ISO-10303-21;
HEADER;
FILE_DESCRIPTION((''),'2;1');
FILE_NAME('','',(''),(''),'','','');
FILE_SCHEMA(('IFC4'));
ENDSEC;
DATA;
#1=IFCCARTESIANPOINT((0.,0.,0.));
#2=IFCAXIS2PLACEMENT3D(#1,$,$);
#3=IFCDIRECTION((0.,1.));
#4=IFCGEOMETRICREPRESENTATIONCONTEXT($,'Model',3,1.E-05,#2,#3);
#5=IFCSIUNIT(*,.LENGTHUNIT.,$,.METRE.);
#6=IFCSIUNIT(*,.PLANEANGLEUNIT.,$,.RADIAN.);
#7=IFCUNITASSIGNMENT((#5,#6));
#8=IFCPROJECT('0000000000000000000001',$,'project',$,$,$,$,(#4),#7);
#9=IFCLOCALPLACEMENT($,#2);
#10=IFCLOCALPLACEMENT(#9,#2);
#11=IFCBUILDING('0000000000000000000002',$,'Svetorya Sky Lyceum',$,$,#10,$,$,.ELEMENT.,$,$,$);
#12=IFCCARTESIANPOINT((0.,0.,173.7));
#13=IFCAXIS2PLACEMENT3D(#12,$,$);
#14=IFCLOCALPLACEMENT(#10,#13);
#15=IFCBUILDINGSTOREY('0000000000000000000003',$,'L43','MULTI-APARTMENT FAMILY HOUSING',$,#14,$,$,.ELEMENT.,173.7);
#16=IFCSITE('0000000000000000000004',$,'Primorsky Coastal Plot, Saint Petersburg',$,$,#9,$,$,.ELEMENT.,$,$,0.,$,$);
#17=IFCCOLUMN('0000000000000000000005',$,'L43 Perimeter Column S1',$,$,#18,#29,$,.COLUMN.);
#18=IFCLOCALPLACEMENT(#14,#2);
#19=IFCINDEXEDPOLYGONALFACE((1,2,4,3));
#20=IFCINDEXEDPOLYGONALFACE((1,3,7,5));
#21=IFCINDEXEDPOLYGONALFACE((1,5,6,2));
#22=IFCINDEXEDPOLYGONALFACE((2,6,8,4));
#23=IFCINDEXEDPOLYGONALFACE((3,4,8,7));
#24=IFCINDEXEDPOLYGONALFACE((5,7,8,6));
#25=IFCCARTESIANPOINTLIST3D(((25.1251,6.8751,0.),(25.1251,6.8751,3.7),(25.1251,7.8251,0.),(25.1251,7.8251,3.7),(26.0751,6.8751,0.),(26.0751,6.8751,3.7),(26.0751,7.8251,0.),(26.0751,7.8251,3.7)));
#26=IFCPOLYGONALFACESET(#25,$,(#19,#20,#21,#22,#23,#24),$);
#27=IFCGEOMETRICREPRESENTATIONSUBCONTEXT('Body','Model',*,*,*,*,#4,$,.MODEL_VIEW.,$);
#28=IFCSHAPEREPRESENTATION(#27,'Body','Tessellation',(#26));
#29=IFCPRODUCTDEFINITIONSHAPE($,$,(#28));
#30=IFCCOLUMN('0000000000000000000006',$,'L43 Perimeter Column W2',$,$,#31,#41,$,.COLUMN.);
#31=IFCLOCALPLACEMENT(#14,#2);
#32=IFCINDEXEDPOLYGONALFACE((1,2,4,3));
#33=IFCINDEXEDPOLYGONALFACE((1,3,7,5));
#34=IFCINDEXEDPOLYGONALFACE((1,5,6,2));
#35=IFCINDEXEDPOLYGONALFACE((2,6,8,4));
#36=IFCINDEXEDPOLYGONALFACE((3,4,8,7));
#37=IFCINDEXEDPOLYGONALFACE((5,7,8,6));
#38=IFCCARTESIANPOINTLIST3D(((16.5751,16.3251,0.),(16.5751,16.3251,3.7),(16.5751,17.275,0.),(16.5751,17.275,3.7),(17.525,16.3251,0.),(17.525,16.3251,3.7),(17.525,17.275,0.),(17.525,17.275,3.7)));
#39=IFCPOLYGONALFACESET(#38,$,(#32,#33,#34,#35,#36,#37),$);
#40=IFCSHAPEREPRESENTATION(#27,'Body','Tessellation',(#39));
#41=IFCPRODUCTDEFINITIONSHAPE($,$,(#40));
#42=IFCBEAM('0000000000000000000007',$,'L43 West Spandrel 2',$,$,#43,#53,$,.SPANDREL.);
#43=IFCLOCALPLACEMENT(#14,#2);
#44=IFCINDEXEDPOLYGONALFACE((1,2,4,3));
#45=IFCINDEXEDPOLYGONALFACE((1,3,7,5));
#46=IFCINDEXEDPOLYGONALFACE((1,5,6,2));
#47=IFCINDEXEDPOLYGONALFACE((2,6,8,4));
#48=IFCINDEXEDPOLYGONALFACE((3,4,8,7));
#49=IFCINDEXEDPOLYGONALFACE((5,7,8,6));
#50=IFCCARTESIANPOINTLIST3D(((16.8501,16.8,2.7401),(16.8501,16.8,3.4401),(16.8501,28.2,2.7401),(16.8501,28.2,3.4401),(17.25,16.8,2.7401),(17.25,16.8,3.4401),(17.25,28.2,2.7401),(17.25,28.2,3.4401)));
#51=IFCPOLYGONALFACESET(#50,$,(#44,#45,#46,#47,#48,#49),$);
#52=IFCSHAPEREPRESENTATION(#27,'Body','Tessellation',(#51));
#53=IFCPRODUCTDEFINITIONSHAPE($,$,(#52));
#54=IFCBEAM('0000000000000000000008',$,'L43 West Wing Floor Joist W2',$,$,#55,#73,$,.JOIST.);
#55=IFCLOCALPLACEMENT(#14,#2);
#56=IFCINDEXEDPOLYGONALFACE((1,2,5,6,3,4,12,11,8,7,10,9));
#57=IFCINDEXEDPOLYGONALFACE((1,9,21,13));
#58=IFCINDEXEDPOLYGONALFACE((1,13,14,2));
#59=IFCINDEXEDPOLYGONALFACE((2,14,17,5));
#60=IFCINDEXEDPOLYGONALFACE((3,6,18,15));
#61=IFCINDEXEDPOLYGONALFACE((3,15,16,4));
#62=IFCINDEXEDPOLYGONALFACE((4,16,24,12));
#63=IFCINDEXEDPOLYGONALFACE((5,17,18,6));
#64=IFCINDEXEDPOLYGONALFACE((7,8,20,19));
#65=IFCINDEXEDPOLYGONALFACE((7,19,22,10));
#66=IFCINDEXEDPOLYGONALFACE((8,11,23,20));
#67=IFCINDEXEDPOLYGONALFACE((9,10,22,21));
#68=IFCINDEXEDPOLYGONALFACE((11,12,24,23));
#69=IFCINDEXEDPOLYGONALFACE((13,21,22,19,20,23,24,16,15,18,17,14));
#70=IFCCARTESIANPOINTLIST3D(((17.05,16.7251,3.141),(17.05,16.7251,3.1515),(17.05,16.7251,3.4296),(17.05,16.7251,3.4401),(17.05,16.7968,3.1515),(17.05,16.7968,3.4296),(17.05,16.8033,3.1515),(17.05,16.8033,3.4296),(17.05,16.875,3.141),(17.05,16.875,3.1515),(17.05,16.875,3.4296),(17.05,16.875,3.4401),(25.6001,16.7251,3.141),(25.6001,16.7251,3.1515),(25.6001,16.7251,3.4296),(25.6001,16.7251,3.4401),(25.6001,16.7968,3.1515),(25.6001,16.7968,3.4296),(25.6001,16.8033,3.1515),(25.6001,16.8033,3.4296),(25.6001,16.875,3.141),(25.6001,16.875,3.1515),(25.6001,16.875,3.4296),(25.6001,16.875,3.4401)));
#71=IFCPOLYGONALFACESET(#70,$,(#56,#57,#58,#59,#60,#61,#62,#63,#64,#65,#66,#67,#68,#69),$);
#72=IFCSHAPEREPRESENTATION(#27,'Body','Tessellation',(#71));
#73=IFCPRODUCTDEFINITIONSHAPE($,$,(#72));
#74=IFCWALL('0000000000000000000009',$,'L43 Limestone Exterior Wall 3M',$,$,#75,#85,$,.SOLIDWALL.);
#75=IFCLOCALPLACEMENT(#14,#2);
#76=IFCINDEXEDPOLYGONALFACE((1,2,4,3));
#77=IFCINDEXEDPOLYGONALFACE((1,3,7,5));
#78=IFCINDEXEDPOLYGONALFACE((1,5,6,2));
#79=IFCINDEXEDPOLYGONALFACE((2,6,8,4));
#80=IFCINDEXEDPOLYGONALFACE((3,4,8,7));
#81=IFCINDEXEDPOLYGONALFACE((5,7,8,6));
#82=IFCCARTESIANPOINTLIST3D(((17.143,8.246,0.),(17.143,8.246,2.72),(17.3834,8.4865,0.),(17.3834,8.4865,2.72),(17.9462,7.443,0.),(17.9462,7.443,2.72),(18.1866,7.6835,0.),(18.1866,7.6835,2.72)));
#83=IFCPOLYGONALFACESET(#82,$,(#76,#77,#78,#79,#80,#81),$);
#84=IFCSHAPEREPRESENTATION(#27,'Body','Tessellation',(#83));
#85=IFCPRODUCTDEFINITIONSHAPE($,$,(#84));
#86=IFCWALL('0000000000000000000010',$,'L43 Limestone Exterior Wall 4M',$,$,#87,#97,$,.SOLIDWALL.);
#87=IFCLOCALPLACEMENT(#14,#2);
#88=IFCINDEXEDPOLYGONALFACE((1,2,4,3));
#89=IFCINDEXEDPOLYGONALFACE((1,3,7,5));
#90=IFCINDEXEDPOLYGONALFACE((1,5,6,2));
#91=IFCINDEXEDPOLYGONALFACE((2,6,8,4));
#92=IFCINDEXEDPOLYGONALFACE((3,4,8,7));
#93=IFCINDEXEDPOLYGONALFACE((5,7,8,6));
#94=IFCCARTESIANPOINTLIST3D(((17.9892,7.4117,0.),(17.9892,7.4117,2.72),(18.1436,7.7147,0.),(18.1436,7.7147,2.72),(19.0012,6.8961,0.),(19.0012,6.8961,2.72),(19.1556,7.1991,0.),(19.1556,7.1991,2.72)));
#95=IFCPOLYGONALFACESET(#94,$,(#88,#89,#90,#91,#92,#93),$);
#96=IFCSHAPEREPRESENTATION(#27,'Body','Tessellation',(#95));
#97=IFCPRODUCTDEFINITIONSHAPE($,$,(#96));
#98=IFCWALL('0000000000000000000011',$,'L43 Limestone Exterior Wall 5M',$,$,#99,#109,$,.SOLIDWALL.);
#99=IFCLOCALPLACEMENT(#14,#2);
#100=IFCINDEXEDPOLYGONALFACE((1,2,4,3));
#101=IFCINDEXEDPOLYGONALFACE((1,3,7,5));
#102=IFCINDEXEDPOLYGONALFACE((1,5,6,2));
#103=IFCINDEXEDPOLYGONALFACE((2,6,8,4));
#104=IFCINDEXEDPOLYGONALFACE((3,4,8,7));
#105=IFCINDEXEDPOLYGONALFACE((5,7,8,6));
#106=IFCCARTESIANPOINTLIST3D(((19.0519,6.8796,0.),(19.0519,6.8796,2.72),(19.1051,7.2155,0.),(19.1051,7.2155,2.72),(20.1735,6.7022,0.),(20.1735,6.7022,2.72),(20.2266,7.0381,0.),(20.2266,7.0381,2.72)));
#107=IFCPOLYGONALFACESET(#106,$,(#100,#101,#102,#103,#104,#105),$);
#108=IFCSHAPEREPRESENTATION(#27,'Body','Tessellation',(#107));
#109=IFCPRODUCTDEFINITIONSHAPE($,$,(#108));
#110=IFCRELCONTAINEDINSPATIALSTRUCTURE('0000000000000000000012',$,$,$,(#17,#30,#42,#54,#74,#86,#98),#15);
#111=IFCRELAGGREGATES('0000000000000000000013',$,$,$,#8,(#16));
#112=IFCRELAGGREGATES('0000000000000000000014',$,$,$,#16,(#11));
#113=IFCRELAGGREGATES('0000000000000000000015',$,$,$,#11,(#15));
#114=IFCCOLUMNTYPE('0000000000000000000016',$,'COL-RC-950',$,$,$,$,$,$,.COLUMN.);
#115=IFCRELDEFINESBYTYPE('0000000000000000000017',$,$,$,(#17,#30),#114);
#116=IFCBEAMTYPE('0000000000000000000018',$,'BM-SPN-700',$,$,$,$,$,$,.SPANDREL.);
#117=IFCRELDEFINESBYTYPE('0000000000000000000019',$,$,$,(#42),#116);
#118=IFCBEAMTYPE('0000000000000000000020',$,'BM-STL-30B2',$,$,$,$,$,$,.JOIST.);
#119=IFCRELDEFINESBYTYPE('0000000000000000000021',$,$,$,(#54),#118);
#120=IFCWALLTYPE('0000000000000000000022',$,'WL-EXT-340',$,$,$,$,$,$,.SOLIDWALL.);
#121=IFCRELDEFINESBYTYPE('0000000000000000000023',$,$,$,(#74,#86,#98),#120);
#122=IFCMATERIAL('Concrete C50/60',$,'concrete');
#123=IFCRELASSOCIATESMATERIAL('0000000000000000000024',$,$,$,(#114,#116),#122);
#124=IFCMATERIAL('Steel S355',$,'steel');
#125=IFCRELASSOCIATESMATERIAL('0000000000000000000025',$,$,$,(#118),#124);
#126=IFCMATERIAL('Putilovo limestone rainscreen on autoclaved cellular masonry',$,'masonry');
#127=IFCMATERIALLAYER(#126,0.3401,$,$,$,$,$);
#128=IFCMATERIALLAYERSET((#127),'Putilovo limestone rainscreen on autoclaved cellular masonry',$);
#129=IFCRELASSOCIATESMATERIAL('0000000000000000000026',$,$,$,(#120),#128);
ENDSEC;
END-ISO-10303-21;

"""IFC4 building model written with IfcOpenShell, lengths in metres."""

from ifc_helpers import new_model, si_unit, direction, frame, frame_2d, origin, origin_2d, place, context, subcontext, project, spatial, rectangle, i_section, extrude, material, layer, layer_set, material_profile, profile_set, type_object, element, save


model = new_model("IFC4")

# Units and contexts
model_context = context("Model", 3, precision=1e-05, world=origin(), true_north=direction((0.0, 1.0)))
body_context = subcontext(model_context, "Body", "Model", "MODEL_VIEW")
ifc_project = project(units=[si_unit("LENGTHUNIT", "METRE"), si_unit("PLANEANGLEUNIT", "RADIAN")], contexts=[model_context])

# Site, building, storey
site_placement = place(None, origin())
site = spatial("IfcSite", under=ifc_project, at=site_placement, Name="Primorsky Coastal Plot, Saint Petersburg", CompositionType="ELEMENT", RefElevation=0.0)
building_placement = place(site_placement, origin())
building = spatial("IfcBuilding", under=site, at=building_placement, Name="Svetorya Sky Lyceum", CompositionType="ELEMENT")
storey_placement = place(building_placement, frame((0.0, 0.0, 173.7)))
storey = spatial("IfcBuildingStorey", under=building, at=storey_placement, Name="L43", Description="MULTI-APARTMENT FAMILY HOUSING", CompositionType="ELEMENT", Elevation=173.7)

# Columns
ifc_material_1 = material(Name="Concrete C50/60", Category="concrete")
ifc_material_profile_1 = material_profile(ifc_material_1, rectangle(XDim=0.95, YDim=0.95, at=origin_2d()), Name="RC COL 950x950")
ifc_profile_set_1 = profile_set([ifc_material_profile_1], Name="Concrete C50/60")
column_type = type_object("IfcColumnType", Name="COL-RC-950", PredefinedType="COLUMN", material=ifc_profile_set_1)
for number, where, z_axis, x_axis, name in (
    (1, (25.6001, 7.3501, 0.0), (0.0, 0.0, 1.0), (1.0, 0.0, 0.0), "L43 Perimeter Column S1"),
    (2, (17.05, 16.8, 0.0), (0.0, 0.0, 1.0), (1.0, 0.0, 0.0), "L43 Perimeter Column W2"),
):
    element("IfcColumn", number, at=place(storey_placement, frame(where, z_axis=z_axis, x_axis=x_axis)), inside=storey, type_object=column_type, Name=name, PredefinedType="COLUMN", context=body_context, shape_type="SweptSolid", body=[
        extrude(rectangle(XDim=0.95, YDim=0.95, at=origin_2d()), origin(), (0.0, 0.0, 1.0), 3.7),
    ])

# Beams
ifc_material_profile_2 = material_profile(ifc_material_1, rectangle(XDim=0.3999, YDim=0.7, at=origin_2d()), Name="RC SPANDREL 400x700")
ifc_profile_set_2 = profile_set([ifc_material_profile_2], Name="Concrete C50/60")
beam_type_1 = type_object("IfcBeamType", Name="BM-SPN-700", PredefinedType="SPANDREL", material=ifc_profile_set_2)
beam_1_placement = place(storey_placement, frame((17.05, 16.8, 3.0901), z_axis=(0.0, 1.0, 0.0), x_axis=(-1.0, 0.0, 0.0)))
element("IfcBeam", 3, at=beam_1_placement, inside=storey, type_object=beam_type_1, Name="L43 West Spandrel 2", PredefinedType="SPANDREL", context=body_context, shape_type="SweptSolid", body=[
    extrude(rectangle(XDim=0.3999, YDim=0.7, at=origin_2d()), origin(), (0.0, 0.0, 1.0), 11.3999),
])
ifc_material_2 = material(Name="Steel S355", Category="steel")
ifc_material_profile_3 = material_profile(ifc_material_2, i_section(OverallWidth=0.1499, OverallDepth=0.2991, WebThickness=0.0066, FlangeThickness=0.0105, at=origin_2d()), Name="GOST 30B2")
ifc_profile_set_3 = profile_set([ifc_material_profile_3], Name="Steel S355")
beam_type_2 = type_object("IfcBeamType", Name="BM-STL-30B2", PredefinedType="JOIST", material=ifc_profile_set_3)
beam_2_placement = place(storey_placement, frame((17.05, 16.8, 3.2905), z_axis=(1.0, 0.0, 0.0), x_axis=(0.0, 1.0, 0.0)))
element("IfcBeam", 4, at=beam_2_placement, inside=storey, type_object=beam_type_2, Name="L43 West Wing Floor Joist W2", PredefinedType="JOIST", context=body_context, shape_type="SweptSolid", body=[
    extrude(i_section(OverallWidth=0.1499, OverallDepth=0.2991, WebThickness=0.0066, FlangeThickness=0.0105, at=origin_2d()), origin(), (0.0, 0.0, 1.0), 8.55),
])

# Walls
ifc_material_3 = material(Name="Putilovo limestone rainscreen on autoclaved cellular masonry", Category="masonry")
ifc_layer_1 = layer(ifc_material_3, 0.3401)
ifc_layer_set_1 = layer_set([ifc_layer_1], Name="Putilovo limestone rainscreen on autoclaved cellular masonry")
wall_type_1 = type_object("IfcWallType", Name="WL-EXT-340", PredefinedType="SOLIDWALL", material=ifc_layer_set_1)
for number, where, z_axis, x_axis, name in (
    (5, (17.2632, 8.3662, 0.0), (0.0, 0.0, 1.0), (0.707214, -0.706999, 0.0), "L43 Limestone Exterior Wall 3M"),
    (6, (18.0664, 7.5632, 0.0), (0.0, 0.0, 1.0), (0.891005, -0.453993, 0.0), "L43 Limestone Exterior Wall 4M"),
):
    element("IfcWall", number, at=place(storey_placement, frame(where, z_axis=z_axis, x_axis=x_axis)), inside=storey, type_object=wall_type_1, Name=name, PredefinedType="SOLIDWALL", context=body_context, shape_type="SweptSolid", body=[
        extrude(rectangle(XDim=1.1357, YDim=0.3401, at=frame_2d((0.5679, 0.0))), origin(), (0.0, 0.0, 1.0), 2.72),
    ])
wall_1_placement = place(storey_placement, frame((19.0784, 7.0476, 0.0), z_axis=(0.0, 0.0, 1.0), x_axis=(0.987709, -0.156305, 0.0)))
element("IfcWall", 7, at=wall_1_placement, inside=storey, type_object=wall_type_1, Name="L43 Limestone Exterior Wall 5M", PredefinedType="SOLIDWALL", context=body_context, shape_type="SweptSolid", body=[
    extrude(rectangle(XDim=1.1355, YDim=0.3401, at=frame_2d((0.5679, 0.0))), origin(), (0.0, 0.0, 1.0), 2.72),
])

save(model, "model.ifc")
